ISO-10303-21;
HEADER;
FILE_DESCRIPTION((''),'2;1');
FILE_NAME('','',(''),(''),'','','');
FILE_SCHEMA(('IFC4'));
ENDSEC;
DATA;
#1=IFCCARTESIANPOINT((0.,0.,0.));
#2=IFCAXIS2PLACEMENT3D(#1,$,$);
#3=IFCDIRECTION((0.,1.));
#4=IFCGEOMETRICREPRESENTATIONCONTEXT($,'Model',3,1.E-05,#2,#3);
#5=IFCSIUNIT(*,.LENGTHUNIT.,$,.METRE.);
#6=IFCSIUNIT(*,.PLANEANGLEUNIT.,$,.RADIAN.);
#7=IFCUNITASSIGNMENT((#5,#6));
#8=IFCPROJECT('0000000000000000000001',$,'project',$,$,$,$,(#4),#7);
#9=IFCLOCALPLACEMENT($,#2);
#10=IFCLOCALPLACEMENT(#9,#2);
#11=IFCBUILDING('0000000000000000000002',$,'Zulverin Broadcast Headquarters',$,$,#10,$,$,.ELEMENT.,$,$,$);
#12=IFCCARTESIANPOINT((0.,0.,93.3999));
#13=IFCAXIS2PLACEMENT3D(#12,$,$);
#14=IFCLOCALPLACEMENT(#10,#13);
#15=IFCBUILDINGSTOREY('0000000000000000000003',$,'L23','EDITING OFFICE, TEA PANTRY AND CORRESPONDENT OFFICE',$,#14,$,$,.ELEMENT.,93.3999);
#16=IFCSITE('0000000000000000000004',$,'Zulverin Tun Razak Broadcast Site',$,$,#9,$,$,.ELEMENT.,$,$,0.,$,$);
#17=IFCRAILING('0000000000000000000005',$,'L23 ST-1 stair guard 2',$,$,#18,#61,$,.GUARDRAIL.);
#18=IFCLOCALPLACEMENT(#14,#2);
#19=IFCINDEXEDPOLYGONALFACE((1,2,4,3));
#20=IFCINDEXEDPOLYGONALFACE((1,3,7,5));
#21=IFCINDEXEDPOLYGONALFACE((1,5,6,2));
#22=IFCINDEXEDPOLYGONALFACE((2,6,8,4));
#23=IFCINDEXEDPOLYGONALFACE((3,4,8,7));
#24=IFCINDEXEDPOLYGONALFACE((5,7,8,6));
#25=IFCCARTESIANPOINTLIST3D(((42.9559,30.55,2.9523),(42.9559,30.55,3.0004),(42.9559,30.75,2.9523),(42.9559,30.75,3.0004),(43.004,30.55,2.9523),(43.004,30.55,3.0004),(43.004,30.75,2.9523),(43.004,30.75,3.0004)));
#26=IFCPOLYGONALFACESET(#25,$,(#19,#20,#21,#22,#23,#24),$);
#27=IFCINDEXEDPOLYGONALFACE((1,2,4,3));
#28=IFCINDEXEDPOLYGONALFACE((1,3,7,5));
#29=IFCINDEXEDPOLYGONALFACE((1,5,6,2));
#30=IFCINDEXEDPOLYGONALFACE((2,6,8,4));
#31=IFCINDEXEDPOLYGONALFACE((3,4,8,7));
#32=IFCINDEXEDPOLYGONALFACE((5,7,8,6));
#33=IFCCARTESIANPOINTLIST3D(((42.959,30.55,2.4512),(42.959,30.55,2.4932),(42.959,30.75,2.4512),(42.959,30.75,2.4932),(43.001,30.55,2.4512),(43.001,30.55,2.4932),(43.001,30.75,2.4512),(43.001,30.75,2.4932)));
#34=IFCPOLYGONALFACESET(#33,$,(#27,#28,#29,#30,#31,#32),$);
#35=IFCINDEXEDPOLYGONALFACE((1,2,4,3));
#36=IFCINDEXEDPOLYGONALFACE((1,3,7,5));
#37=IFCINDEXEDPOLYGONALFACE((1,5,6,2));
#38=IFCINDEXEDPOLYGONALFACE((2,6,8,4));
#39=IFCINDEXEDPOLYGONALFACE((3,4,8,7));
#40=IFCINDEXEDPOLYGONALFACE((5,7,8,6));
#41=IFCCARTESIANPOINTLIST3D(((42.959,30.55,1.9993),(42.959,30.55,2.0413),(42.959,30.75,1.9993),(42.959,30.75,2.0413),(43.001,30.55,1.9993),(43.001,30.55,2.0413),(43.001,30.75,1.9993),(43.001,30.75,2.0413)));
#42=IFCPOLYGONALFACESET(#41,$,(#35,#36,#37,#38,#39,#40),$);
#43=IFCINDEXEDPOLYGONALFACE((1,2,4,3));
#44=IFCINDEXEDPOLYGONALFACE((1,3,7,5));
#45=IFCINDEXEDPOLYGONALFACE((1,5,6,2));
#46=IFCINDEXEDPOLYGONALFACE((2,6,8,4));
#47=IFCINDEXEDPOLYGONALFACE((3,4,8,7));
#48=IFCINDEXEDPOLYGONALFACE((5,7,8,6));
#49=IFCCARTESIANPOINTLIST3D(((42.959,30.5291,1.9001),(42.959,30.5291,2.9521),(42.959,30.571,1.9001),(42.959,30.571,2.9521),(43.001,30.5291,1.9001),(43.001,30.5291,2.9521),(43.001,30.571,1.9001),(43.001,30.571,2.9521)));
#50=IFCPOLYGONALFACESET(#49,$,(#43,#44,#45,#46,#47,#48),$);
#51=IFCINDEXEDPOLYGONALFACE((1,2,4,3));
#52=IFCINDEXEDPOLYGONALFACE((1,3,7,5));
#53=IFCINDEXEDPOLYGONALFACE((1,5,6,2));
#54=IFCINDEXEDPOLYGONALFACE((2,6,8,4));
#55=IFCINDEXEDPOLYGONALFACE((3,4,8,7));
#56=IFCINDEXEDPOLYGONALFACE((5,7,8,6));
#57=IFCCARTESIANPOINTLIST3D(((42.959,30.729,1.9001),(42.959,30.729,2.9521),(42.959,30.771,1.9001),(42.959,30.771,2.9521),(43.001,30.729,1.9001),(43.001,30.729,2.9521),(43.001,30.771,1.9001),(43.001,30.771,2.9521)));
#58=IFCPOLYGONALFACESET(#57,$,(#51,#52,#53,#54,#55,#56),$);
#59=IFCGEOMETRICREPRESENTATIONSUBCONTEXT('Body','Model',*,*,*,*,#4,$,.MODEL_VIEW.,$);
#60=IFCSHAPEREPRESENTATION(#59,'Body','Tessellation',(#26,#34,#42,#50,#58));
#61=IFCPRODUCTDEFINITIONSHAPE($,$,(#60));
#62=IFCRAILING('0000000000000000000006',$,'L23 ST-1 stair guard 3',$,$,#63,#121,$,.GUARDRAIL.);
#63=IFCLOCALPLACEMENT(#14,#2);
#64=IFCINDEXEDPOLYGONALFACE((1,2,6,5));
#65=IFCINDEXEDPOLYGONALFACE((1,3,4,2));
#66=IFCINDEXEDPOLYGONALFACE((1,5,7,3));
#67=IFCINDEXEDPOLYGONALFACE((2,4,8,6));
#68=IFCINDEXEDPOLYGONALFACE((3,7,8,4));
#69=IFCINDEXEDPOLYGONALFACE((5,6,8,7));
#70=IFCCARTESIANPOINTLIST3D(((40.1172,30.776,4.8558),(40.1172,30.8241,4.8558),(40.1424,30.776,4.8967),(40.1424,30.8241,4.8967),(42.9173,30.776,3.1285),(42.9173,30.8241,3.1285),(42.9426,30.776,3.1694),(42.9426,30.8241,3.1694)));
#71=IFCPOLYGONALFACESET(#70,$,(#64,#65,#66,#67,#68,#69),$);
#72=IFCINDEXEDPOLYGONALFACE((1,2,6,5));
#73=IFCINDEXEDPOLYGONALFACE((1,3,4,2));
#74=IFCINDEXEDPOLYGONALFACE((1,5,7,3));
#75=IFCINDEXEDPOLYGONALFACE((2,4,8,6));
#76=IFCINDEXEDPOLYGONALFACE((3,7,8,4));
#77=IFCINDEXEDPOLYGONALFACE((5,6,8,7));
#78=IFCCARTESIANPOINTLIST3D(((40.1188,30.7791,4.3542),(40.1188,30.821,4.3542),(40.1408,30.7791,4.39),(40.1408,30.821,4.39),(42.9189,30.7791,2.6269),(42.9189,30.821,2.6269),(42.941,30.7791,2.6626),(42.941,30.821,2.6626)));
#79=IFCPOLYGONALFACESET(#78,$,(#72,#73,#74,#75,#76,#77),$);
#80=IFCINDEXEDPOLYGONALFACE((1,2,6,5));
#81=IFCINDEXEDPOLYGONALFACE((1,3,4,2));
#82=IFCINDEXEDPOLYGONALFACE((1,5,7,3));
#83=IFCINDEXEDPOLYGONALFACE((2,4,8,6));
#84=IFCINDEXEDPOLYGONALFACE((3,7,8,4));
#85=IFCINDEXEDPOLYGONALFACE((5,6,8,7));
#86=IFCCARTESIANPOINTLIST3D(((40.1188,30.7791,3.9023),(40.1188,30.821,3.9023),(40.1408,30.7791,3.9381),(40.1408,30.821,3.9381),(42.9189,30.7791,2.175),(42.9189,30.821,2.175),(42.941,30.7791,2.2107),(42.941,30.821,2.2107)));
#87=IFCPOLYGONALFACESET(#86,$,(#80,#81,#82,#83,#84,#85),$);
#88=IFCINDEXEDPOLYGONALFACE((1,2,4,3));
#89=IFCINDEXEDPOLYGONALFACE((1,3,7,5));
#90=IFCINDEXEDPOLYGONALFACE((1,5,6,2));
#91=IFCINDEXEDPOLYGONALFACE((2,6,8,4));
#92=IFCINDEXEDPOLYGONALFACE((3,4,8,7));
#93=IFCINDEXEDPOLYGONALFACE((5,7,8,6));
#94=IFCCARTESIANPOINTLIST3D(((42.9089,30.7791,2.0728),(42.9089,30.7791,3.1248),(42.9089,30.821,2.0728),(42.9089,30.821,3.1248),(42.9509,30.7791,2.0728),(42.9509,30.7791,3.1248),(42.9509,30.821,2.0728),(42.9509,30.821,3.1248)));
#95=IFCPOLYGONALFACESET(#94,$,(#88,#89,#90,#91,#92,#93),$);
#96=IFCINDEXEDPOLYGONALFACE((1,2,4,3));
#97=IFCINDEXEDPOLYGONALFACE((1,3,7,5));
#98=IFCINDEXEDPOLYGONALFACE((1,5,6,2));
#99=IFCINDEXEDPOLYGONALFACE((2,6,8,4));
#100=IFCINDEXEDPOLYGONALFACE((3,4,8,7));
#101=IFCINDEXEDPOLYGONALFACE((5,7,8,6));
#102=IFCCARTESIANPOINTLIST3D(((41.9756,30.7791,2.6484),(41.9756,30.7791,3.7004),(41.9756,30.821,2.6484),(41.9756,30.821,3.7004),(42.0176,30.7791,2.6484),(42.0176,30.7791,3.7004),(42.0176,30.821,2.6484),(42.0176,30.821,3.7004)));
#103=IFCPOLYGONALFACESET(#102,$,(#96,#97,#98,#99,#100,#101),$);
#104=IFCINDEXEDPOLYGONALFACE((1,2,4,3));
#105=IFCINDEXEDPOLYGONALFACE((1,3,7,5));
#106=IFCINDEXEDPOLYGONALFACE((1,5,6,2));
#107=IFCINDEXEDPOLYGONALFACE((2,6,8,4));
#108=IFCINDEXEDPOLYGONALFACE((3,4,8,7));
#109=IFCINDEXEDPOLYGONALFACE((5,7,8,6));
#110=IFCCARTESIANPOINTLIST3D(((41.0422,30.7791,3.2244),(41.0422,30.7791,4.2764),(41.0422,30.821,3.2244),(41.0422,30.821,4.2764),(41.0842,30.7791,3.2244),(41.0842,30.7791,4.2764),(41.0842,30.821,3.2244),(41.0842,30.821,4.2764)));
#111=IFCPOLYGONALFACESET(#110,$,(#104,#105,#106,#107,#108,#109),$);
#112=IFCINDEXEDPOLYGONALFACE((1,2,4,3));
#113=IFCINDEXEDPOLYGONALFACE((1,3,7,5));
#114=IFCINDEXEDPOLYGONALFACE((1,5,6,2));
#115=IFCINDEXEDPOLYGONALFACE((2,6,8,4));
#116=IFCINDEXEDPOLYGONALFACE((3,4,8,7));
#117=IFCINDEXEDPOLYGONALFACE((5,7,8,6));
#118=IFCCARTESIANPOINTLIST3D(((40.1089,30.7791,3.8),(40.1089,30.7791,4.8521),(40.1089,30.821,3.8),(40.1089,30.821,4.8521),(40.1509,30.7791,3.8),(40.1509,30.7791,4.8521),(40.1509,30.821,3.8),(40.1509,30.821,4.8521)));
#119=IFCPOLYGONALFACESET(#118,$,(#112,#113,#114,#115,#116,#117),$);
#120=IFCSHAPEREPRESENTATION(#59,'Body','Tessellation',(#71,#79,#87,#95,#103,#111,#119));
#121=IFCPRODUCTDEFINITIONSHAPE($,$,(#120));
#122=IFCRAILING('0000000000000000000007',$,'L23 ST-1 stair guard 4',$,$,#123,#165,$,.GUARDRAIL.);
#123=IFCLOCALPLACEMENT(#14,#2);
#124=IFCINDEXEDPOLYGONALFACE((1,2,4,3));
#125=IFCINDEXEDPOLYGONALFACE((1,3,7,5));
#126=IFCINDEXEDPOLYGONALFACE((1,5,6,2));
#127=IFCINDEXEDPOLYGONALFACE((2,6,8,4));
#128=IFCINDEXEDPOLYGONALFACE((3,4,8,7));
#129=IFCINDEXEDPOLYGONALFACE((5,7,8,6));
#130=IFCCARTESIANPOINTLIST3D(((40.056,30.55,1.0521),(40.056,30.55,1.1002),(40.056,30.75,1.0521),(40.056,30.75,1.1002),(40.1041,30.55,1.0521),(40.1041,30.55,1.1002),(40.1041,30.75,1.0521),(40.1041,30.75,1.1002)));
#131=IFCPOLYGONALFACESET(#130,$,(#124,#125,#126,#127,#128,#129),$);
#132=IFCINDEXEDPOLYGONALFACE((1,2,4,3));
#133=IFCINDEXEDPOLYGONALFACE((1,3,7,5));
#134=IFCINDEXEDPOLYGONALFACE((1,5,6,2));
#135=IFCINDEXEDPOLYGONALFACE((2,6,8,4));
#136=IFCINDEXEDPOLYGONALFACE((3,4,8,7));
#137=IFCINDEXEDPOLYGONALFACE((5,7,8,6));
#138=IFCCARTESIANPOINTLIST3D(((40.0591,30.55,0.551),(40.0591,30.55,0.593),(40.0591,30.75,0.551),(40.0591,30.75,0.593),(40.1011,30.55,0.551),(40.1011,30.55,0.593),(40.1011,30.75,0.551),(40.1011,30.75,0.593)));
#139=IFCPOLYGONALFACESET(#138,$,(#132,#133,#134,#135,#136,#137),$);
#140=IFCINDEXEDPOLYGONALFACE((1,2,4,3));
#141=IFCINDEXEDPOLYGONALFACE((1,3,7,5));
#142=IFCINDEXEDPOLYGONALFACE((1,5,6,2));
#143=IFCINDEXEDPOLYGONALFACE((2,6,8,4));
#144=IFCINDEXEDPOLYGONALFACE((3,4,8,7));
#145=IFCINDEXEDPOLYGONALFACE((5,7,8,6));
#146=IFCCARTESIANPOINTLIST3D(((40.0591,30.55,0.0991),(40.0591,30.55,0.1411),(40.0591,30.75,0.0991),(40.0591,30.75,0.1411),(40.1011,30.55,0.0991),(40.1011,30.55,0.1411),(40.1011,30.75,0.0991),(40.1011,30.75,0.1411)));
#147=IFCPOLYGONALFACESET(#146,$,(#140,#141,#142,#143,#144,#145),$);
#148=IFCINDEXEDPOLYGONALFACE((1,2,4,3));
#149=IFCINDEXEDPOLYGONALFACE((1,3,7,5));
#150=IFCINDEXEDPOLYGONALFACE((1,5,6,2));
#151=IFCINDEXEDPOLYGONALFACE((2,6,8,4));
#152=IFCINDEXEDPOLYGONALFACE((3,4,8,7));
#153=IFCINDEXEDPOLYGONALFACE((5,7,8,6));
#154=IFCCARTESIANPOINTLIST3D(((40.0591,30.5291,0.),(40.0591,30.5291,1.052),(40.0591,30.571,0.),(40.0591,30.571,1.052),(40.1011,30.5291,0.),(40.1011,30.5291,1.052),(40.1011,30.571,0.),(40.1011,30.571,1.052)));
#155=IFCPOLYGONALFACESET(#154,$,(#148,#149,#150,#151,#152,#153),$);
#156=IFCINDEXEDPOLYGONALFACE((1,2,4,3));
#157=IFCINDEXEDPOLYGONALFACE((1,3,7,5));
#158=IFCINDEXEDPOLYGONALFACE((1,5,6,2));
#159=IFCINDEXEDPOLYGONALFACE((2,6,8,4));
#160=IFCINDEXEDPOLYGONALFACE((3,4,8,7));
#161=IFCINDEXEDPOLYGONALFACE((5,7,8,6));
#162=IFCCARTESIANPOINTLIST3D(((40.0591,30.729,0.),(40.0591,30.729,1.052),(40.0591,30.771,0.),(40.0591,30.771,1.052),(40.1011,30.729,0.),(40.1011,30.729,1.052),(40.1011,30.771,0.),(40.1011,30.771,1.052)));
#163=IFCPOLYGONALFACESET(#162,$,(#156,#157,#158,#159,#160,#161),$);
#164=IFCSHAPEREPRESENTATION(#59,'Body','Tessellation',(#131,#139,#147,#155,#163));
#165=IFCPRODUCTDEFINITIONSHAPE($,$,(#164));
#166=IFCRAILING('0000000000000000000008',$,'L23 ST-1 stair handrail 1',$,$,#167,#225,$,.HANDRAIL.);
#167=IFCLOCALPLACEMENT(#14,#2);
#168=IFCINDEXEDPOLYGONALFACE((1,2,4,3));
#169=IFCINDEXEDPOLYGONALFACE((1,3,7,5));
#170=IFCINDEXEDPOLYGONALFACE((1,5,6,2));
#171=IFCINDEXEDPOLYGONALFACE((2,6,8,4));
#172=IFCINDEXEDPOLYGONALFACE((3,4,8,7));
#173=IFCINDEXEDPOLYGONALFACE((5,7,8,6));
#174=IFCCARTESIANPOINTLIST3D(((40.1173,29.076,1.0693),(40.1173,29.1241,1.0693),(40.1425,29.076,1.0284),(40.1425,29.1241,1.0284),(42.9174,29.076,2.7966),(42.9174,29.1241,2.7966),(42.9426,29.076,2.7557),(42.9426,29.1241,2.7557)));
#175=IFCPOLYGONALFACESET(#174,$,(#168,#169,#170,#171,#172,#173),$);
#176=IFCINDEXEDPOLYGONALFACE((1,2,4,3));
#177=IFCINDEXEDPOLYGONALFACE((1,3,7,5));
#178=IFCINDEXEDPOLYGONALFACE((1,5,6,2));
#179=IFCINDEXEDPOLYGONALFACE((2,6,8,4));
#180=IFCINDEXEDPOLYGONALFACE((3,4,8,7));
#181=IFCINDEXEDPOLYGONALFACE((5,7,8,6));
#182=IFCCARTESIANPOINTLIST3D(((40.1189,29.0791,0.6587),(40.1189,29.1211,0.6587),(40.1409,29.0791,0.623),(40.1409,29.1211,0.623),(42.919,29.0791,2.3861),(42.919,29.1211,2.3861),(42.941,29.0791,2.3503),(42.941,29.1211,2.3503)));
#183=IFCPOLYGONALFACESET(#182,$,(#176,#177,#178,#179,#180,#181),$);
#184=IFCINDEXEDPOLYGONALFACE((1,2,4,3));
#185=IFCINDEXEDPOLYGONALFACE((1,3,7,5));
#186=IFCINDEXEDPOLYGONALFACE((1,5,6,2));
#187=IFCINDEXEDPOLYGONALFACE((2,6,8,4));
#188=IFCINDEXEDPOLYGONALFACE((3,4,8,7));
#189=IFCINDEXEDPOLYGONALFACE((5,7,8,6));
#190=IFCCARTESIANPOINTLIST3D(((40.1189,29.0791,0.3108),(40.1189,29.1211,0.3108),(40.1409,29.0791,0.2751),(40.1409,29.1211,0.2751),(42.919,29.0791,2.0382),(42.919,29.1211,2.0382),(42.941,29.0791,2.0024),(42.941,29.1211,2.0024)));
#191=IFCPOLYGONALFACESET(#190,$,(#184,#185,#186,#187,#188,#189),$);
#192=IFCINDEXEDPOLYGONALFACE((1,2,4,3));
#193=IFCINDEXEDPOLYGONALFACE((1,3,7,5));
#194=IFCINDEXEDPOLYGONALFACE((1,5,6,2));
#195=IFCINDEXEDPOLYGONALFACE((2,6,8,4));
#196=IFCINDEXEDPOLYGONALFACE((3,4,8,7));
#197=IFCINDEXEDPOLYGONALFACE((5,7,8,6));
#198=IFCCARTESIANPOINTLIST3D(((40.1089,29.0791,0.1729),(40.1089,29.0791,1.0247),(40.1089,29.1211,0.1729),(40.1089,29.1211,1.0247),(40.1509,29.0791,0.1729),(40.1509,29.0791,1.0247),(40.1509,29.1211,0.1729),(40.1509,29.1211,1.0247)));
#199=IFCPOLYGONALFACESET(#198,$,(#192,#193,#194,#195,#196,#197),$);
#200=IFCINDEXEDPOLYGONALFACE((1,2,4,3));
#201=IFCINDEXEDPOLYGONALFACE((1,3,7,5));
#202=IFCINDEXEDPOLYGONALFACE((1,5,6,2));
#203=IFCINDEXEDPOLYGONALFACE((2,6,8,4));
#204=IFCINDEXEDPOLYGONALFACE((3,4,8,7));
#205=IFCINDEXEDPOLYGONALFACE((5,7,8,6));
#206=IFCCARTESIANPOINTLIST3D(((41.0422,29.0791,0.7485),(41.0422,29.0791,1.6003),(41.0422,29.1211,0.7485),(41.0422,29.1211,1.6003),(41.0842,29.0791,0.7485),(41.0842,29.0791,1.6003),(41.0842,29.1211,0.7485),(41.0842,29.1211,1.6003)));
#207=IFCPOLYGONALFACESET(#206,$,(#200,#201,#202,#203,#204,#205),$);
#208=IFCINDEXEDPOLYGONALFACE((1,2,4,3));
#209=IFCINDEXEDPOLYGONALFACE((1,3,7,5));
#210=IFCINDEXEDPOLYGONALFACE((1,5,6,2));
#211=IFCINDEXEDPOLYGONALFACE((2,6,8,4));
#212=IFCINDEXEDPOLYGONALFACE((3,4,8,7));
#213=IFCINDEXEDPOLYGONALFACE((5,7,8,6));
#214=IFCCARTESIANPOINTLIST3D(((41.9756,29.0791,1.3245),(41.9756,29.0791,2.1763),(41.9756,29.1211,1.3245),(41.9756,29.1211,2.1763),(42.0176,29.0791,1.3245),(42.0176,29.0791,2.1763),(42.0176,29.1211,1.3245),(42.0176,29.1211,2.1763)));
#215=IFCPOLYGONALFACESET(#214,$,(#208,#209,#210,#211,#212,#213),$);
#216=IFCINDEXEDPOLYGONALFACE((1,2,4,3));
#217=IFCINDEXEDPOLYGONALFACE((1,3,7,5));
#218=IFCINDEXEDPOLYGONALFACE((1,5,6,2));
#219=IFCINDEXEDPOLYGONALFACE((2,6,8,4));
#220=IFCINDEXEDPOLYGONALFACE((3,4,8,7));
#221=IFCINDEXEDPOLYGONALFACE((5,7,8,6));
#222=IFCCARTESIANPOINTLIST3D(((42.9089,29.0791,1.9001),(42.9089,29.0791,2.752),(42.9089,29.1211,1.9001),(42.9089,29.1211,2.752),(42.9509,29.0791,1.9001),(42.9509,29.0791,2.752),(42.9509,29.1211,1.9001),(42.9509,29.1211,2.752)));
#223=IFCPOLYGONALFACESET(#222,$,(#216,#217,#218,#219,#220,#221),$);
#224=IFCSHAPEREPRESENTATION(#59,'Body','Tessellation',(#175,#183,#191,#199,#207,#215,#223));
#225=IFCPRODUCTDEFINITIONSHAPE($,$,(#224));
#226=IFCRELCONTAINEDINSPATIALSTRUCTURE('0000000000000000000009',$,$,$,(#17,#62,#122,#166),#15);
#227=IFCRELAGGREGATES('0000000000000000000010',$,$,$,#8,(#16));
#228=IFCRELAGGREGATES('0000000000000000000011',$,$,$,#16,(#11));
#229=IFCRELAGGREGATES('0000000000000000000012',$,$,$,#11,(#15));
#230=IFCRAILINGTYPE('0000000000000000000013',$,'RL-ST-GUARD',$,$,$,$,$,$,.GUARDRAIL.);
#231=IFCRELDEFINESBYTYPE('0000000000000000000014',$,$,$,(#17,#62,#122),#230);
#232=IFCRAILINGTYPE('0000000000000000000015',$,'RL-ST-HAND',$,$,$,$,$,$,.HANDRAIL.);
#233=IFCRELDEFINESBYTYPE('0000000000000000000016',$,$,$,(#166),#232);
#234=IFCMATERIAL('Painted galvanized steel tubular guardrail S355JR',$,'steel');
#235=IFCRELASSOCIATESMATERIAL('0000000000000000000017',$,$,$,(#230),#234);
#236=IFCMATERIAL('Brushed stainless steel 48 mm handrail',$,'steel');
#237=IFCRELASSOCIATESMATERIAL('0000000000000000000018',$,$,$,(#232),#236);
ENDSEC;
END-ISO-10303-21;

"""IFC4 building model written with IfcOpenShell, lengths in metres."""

from ifc_helpers import new_model, si_unit, direction, frame, origin, origin_2d, place, context, subcontext, project, spatial, rectangle, extrude, material, type_object, element, save


model = new_model("IFC4")

# Units and contexts
model_context = context("Model", 3, precision=1e-05, world=origin(), true_north=direction((0.0, 1.0)))
body_context = subcontext(model_context, "Body", "Model", "MODEL_VIEW")
ifc_project = project(units=[si_unit("LENGTHUNIT", "METRE"), si_unit("PLANEANGLEUNIT", "RADIAN")], contexts=[model_context])

# Site, building, storey
site_placement = place(None, origin())
site = spatial("IfcSite", under=ifc_project, at=site_placement, Name="Zulverin Tun Razak Broadcast Site", CompositionType="ELEMENT", RefElevation=0.0)
building_placement = place(site_placement, origin())
building = spatial("IfcBuilding", under=site, at=building_placement, Name="Zulverin Broadcast Headquarters", CompositionType="ELEMENT")
storey_placement = place(building_placement, frame((0.0, 0.0, 93.3999)))
storey = spatial("IfcBuildingStorey", under=building, at=storey_placement, Name="L23", Description="EDITING OFFICE, TEA PANTRY AND CORRESPONDENT OFFICE", CompositionType="ELEMENT", Elevation=93.3999)

# Railings
ifc_material_1 = material(Name="Painted galvanized steel tubular guardrail S355JR", Category="steel")
railing_type_1 = type_object("IfcRailingType", Name="RL-ST-GUARD", PredefinedType="GUARDRAIL", material=ifc_material_1)
railing_1_placement = place(storey_placement, frame((42.98, 30.55, 1.9001)))
element("IfcRailing", 1, at=railing_1_placement, inside=storey, type_object=railing_type_1, Name="L23 ST-1 stair guard 2", PredefinedType="GUARDRAIL", context=body_context, shape_type="SweptSolid", body=[
    extrude(rectangle(XDim=0.0481, YDim=0.0481, at=origin_2d()), frame((0.0, 0.0, 1.0762), z_axis=(0.0, 1.0, 0.0), x_axis=(-1.0, 0.0, 0.0)), (0.0, 0.0, 1.0), 0.2),
    extrude(rectangle(XDim=0.042, YDim=0.042, at=origin_2d()), frame((0.0, 0.0, 0.572), z_axis=(0.0, 1.0, 0.0), x_axis=(-1.0, 0.0, 0.0)), (0.0, 0.0, 1.0), 0.2),
    extrude(rectangle(XDim=0.042, YDim=0.042, at=origin_2d()), frame((0.0, 0.0, 0.1201), z_axis=(0.0, 1.0, 0.0), x_axis=(-1.0, 0.0, 0.0)), (0.0, 0.0, 1.0), 0.2),
    extrude(rectangle(XDim=0.042, YDim=0.042, at=origin_2d()), origin(), (0.0, 0.0, 1.0), 1.052),
    extrude(rectangle(XDim=0.042, YDim=0.042, at=origin_2d()), frame((0.0, 0.2, 0.0)), (0.0, 0.0, 1.0), 1.052),
])
railing_2_placement = place(storey_placement, frame((42.9299, 30.8, 2.0728)))
element("IfcRailing", 2, at=railing_2_placement, inside=storey, type_object=railing_type_1, Name="L23 ST-1 stair guard 3", PredefinedType="GUARDRAIL", context=body_context, shape_type="SweptSolid", body=[
    extrude(rectangle(XDim=0.0481, YDim=0.0481, at=origin_2d()), frame((0.0, 0.0, 1.0762), z_axis=(-0.85109, 0.0, 0.52502), x_axis=(0.0, -1.0, 0.0)), (0.0, 0.0, 1.0), 3.29),
    extrude(rectangle(XDim=0.042, YDim=0.042, at=origin_2d()), frame((0.0, 0.0, 0.572), z_axis=(-0.85109, 0.0, 0.52502), x_axis=(0.0, -1.0, 0.0)), (0.0, 0.0, 1.0), 3.29),
    extrude(rectangle(XDim=0.042, YDim=0.042, at=origin_2d()), frame((0.0, 0.0, 0.1201), z_axis=(-0.85109, 0.0, 0.52502), x_axis=(0.0, -1.0, 0.0)), (0.0, 0.0, 1.0), 3.29),
    extrude(rectangle(XDim=0.042, YDim=0.042, at=origin_2d()), origin(), (0.0, 0.0, 1.0), 1.052),
    extrude(rectangle(XDim=0.042, YDim=0.042, at=origin_2d()), frame((-0.9333, 0.0, 0.5757)), (0.0, 0.0, 1.0), 1.052),
    extrude(rectangle(XDim=0.042, YDim=0.042, at=origin_2d()), frame((-1.8667, 0.0, 1.1516)), (0.0, 0.0, 1.0), 1.052),
    extrude(rectangle(XDim=0.042, YDim=0.042, at=origin_2d()), frame((-2.8, 0.0, 1.7273)), (0.0, 0.0, 1.0), 1.052),
])
railing_3_placement = place(storey_placement, frame((40.0801, 30.55, 0.0)))
element("IfcRailing", 3, at=railing_3_placement, inside=storey, type_object=railing_type_1, Name="L23 ST-1 stair guard 4", PredefinedType="GUARDRAIL", context=body_context, shape_type="SweptSolid", body=[
    extrude(rectangle(XDim=0.0481, YDim=0.0481, at=origin_2d()), frame((0.0, 0.0, 1.0762), z_axis=(0.0, 1.0, 0.0), x_axis=(-1.0, 0.0, 0.0)), (0.0, 0.0, 1.0), 0.2),
    extrude(rectangle(XDim=0.042, YDim=0.042, at=origin_2d()), frame((0.0, 0.0, 0.572), z_axis=(0.0, 1.0, 0.0), x_axis=(-1.0, 0.0, 0.0)), (0.0, 0.0, 1.0), 0.2),
    extrude(rectangle(XDim=0.042, YDim=0.042, at=origin_2d()), frame((0.0, 0.0, 0.1201), z_axis=(0.0, 1.0, 0.0), x_axis=(-1.0, 0.0, 0.0)), (0.0, 0.0, 1.0), 0.2),
    extrude(rectangle(XDim=0.042, YDim=0.042, at=origin_2d()), origin(), (0.0, 0.0, 1.0), 1.052),
    extrude(rectangle(XDim=0.042, YDim=0.042, at=origin_2d()), frame((0.0, 0.2, 0.0)), (0.0, 0.0, 1.0), 1.052),
])
ifc_material_2 = material(Name="Brushed stainless steel 48 mm handrail", Category="steel")
railing_type_2 = type_object("IfcRailingType", Name="RL-ST-HAND", PredefinedType="HANDRAIL", material=ifc_material_2)
railing_4_placement = place(storey_placement, frame((40.1299, 29.1001, 0.1729)))
element("IfcRailing", 4, at=railing_4_placement, inside=storey, type_object=railing_type_2, Name="L23 ST-1 stair handrail 1", PredefinedType="HANDRAIL", context=body_context, shape_type="SweptSolid", body=[
    extrude(rectangle(XDim=0.0481, YDim=0.0481, at=origin_2d()), frame((0.0, 0.0, 0.876), z_axis=(0.85109, 0.0, 0.52502), x_axis=(0.0, 1.0, 0.0)), (0.0, 0.0, 1.0), 3.29),
    extrude(rectangle(XDim=0.042, YDim=0.042, at=origin_2d()), frame((0.0, 0.0, 0.468), z_axis=(0.85109, 0.0, 0.52502), x_axis=(0.0, 1.0, 0.0)), (0.0, 0.0, 1.0), 3.29),
    extrude(rectangle(XDim=0.042, YDim=0.042, at=origin_2d()), frame((0.0, 0.0, 0.1201), z_axis=(0.85109, 0.0, 0.52502), x_axis=(0.0, 1.0, 0.0)), (0.0, 0.0, 1.0), 3.29),
    extrude(rectangle(XDim=0.042, YDim=0.042, at=origin_2d()), origin(), (0.0, 0.0, 1.0), 0.8518),
    extrude(rectangle(XDim=0.042, YDim=0.042, at=origin_2d()), frame((0.9333, 0.0, 0.5757)), (0.0, 0.0, 1.0), 0.8518),
    extrude(rectangle(XDim=0.042, YDim=0.042, at=origin_2d()), frame((1.8667, 0.0, 1.1516)), (0.0, 0.0, 1.0), 0.8518),
    extrude(rectangle(XDim=0.042, YDim=0.042, at=origin_2d()), frame((2.8, 0.0, 1.7273)), (0.0, 0.0, 1.0), 0.8518),
])

save(model, "model.ifc")
